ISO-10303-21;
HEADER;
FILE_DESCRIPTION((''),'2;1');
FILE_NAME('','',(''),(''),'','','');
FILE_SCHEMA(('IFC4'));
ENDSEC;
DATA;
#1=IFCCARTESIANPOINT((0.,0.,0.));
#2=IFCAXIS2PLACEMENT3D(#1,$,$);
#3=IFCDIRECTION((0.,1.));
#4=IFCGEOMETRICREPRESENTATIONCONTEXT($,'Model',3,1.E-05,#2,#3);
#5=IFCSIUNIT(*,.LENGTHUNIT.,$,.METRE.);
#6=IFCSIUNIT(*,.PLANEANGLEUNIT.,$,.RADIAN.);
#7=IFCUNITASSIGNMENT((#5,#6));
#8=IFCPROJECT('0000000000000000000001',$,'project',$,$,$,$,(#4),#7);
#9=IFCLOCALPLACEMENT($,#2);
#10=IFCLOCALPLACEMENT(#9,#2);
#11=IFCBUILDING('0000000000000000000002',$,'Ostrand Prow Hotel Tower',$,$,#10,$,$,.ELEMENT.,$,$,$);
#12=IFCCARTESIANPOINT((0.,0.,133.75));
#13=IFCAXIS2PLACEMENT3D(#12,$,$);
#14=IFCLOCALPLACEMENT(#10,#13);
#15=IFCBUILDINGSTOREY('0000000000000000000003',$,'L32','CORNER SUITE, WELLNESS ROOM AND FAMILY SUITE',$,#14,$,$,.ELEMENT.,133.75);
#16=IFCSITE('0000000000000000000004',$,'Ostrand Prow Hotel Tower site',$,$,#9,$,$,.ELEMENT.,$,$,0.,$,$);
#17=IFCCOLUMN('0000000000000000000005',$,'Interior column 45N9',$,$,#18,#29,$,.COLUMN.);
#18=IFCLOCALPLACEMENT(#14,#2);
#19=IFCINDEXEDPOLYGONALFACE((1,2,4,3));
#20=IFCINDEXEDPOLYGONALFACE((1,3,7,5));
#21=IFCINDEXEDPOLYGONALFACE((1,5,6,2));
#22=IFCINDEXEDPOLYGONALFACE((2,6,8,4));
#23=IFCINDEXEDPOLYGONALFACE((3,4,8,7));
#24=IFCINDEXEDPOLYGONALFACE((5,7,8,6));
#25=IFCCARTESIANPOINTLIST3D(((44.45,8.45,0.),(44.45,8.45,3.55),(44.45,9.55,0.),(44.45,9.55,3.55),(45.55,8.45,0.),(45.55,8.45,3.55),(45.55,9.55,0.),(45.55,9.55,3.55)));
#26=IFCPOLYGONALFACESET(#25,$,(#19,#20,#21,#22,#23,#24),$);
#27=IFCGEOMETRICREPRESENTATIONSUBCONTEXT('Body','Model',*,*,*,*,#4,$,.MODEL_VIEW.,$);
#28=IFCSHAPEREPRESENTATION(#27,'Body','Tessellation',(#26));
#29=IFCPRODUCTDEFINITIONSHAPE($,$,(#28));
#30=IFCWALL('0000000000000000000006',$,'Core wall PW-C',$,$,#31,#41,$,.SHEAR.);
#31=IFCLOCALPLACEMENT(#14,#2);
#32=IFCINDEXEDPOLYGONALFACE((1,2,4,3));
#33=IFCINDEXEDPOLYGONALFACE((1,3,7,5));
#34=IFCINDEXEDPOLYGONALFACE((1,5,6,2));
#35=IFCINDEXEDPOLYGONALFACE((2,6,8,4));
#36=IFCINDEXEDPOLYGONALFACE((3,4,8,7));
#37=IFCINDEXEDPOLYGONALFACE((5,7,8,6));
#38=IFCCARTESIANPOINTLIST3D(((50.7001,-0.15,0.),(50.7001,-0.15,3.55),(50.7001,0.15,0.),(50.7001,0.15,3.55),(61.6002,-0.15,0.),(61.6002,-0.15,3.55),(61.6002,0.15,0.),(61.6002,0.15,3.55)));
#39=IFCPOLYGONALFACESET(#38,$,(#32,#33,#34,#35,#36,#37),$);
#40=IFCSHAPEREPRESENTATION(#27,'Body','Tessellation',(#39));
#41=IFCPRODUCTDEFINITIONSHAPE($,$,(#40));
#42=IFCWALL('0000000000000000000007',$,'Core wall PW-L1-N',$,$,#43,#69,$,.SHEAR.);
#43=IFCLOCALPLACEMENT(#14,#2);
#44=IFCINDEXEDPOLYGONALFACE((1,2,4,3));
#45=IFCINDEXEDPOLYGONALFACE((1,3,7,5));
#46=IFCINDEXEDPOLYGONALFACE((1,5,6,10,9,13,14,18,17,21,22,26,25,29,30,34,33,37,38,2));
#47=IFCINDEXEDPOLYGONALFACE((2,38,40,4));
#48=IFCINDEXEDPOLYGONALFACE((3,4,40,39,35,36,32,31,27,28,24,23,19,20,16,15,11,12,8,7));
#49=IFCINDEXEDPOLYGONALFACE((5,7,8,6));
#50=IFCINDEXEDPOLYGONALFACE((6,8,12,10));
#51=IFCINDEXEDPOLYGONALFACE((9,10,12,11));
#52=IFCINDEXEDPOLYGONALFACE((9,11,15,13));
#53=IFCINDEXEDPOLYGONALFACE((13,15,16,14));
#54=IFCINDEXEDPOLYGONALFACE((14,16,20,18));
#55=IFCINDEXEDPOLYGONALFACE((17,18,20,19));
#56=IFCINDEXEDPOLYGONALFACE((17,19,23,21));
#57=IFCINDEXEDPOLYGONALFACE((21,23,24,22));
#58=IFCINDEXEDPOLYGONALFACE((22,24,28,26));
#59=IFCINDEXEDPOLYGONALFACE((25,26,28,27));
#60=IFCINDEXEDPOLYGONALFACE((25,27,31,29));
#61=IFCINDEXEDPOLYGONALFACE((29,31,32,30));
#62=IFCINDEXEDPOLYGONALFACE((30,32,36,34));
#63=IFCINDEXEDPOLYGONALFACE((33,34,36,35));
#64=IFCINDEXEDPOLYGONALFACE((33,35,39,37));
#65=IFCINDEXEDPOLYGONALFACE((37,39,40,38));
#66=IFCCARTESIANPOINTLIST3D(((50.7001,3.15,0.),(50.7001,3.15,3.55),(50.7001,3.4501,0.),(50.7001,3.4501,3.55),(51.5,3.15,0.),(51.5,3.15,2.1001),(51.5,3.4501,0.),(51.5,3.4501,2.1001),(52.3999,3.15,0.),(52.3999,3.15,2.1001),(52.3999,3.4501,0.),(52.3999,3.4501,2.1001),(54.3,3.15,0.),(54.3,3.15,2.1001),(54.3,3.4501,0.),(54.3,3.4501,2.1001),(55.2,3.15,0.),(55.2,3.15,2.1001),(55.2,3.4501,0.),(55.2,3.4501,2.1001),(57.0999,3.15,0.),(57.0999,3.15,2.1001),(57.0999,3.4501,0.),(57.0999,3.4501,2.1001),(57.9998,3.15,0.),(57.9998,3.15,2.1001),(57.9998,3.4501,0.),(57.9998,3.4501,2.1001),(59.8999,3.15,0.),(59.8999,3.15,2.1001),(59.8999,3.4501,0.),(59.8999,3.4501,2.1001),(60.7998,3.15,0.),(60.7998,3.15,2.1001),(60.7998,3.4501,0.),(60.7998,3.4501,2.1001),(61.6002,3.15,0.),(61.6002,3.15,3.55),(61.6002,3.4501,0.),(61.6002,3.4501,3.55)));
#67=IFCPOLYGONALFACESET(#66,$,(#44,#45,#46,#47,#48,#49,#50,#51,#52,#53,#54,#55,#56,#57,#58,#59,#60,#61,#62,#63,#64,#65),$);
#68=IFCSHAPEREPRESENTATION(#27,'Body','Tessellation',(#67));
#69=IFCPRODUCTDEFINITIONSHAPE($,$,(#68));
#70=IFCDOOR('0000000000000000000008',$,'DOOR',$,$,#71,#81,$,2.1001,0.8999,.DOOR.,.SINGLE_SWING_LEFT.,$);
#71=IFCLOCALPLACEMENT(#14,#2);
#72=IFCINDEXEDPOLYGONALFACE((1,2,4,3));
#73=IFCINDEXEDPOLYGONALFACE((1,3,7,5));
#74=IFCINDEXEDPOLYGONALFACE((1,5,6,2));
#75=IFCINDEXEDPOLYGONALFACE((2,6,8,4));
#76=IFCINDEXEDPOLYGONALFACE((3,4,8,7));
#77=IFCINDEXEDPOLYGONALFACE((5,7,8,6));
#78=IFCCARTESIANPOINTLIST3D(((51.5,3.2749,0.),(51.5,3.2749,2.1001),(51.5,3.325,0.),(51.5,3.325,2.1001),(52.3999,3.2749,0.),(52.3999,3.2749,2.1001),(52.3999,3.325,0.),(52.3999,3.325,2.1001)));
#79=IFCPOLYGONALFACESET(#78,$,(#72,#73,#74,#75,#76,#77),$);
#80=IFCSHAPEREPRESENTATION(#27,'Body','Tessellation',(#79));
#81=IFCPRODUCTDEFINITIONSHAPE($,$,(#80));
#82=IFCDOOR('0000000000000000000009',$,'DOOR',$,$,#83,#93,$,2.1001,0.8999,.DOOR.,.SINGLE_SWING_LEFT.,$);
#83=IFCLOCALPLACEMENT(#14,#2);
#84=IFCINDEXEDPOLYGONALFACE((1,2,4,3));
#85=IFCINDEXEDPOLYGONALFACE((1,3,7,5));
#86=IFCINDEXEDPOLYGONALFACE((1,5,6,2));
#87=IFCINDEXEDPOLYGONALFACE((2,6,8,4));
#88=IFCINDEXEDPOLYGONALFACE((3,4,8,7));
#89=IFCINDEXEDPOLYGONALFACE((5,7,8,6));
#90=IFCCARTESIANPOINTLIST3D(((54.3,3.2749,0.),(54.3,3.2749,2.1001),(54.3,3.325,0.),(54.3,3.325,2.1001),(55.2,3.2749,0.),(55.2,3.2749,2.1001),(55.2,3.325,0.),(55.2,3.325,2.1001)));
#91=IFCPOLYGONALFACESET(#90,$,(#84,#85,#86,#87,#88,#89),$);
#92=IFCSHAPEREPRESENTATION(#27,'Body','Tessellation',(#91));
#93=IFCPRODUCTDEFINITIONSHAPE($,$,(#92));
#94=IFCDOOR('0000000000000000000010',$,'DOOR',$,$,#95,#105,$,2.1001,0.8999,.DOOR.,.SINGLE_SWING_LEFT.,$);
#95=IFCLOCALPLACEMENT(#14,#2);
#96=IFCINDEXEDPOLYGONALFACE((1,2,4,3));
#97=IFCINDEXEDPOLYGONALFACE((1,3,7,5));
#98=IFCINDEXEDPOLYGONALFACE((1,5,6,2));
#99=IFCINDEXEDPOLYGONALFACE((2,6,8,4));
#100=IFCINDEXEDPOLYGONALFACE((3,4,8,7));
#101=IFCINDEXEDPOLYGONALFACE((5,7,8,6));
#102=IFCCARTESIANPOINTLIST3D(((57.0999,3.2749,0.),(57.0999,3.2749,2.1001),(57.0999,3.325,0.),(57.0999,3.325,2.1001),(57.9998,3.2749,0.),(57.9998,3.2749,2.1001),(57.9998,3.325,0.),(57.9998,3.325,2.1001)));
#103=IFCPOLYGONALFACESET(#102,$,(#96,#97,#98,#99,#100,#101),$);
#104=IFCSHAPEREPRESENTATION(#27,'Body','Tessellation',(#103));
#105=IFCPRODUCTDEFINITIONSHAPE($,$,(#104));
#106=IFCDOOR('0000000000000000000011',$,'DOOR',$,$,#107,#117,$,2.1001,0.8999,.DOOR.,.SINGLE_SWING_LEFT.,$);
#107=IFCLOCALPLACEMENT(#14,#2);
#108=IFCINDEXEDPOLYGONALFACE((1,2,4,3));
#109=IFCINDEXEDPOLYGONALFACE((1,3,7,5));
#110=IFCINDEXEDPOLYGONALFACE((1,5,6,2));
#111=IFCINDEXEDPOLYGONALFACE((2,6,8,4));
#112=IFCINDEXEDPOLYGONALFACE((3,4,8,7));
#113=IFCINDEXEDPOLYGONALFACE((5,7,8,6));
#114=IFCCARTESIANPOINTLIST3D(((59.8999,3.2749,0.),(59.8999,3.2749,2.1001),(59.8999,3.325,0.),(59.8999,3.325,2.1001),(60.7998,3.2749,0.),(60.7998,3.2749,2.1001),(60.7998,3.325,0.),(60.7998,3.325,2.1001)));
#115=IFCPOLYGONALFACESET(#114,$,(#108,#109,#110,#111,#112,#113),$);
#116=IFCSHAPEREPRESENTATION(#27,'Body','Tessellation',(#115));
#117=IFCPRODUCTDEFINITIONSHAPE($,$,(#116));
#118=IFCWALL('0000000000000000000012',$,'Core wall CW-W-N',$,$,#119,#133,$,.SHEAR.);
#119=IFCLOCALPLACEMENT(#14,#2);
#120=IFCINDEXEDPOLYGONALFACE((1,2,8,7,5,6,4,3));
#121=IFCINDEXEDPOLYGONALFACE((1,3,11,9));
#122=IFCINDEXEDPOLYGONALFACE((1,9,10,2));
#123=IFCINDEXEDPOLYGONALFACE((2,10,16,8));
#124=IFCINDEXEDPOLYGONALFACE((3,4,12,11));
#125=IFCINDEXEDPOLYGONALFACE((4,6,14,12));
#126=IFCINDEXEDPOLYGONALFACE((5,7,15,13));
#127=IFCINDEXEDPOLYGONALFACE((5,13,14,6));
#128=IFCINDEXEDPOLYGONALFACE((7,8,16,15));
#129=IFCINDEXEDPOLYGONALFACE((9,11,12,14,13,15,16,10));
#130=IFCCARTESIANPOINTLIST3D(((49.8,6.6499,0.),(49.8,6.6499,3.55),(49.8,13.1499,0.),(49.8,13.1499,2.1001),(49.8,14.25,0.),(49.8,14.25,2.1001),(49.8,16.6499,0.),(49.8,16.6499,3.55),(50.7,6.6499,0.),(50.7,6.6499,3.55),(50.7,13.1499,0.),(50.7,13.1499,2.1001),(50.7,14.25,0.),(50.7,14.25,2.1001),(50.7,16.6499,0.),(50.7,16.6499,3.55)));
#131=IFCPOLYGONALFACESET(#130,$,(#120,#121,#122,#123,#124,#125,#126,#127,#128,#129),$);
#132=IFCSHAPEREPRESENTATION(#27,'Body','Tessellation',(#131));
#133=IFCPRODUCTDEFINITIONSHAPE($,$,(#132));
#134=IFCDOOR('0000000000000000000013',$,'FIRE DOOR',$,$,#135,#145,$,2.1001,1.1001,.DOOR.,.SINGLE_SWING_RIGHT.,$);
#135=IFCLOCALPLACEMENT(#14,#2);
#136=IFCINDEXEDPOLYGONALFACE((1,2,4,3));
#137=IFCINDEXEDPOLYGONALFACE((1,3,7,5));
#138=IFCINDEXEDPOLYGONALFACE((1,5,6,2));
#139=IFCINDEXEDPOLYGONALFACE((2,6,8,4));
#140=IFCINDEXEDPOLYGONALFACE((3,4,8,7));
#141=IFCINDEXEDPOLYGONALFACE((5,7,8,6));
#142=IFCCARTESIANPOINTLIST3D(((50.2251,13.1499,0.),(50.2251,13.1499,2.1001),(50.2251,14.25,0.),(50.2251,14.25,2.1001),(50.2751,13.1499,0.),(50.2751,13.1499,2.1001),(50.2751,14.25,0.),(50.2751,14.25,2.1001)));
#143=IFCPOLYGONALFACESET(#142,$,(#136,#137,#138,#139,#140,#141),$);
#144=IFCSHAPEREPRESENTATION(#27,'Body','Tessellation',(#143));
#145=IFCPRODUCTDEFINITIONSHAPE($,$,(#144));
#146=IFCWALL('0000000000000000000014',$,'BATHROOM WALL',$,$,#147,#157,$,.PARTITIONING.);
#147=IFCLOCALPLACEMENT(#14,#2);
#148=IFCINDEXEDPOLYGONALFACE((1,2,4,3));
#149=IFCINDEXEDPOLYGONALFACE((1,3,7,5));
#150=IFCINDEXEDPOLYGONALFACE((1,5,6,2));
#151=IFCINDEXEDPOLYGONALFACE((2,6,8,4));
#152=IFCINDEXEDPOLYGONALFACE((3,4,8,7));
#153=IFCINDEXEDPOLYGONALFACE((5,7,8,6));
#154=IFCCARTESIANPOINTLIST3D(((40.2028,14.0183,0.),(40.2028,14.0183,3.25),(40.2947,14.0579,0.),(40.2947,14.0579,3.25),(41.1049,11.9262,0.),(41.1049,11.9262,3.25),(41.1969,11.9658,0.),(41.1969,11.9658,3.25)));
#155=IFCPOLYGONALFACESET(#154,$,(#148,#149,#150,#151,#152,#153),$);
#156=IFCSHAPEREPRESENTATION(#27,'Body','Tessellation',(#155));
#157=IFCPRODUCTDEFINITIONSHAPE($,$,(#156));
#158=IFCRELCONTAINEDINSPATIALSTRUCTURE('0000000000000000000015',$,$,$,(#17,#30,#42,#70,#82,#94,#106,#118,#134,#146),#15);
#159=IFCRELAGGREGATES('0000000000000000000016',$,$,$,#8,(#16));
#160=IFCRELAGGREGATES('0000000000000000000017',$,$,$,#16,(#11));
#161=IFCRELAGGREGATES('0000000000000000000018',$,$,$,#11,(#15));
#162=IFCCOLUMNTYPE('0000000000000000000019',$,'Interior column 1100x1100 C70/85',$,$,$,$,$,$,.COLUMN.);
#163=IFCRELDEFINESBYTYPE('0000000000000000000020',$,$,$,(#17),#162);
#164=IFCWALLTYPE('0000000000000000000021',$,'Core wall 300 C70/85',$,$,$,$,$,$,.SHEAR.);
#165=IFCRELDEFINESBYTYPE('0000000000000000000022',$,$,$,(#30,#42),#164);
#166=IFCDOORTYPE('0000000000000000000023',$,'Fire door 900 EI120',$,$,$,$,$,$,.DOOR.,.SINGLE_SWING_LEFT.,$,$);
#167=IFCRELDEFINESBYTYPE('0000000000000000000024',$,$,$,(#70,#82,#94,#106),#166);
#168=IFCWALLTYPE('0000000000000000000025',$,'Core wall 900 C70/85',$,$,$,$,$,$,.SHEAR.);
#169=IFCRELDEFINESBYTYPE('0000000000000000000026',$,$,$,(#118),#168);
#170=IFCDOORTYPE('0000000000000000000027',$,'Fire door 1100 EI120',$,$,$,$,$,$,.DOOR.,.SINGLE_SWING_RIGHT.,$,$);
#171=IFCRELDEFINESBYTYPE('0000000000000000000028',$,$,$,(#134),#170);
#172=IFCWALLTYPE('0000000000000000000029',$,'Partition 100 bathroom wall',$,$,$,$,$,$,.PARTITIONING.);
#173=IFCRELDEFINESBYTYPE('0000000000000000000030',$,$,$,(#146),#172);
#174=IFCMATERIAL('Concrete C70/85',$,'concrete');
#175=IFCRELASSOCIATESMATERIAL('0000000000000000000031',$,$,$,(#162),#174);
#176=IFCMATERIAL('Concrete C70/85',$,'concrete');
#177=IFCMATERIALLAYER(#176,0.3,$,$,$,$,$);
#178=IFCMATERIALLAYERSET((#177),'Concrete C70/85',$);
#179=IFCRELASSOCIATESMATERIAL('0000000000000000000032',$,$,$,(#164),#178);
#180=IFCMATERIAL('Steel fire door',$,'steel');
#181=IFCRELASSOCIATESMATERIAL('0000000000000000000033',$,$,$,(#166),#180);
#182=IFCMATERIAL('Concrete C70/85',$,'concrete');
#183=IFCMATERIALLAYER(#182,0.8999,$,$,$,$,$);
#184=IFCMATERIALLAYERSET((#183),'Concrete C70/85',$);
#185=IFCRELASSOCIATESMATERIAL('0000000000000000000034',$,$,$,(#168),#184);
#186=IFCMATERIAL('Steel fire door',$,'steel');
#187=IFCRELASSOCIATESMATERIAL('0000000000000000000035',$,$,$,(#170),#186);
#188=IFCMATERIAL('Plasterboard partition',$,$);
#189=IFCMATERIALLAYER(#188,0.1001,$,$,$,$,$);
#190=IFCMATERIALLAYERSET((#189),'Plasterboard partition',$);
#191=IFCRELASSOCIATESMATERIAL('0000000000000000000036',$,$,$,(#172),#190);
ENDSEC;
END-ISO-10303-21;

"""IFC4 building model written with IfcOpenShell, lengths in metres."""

from ifc_helpers import new_model, si_unit, direction, frame, frame_2d, origin, origin_2d, place, context, subcontext, project, spatial, rectangle, extrude, material, layer, layer_set, material_profile, profile_set, type_object, element, fill, save


model = new_model("IFC4")

# Units and contexts
model_context = context("Model", 3, precision=1e-05, world=origin(), true_north=direction((0.0, 1.0)))
body_context = subcontext(model_context, "Body", "Model", "MODEL_VIEW")
ifc_project = project(units=[si_unit("LENGTHUNIT", "METRE"), si_unit("PLANEANGLEUNIT", "RADIAN")], contexts=[model_context])

# Site, building, storey
site_placement = place(None, origin())
site = spatial("IfcSite", under=ifc_project, at=site_placement, Name="Ostrand Prow Hotel Tower site", CompositionType="ELEMENT", RefElevation=0.0)
building_placement = place(site_placement, origin())
building = spatial("IfcBuilding", under=site, at=building_placement, Name="Ostrand Prow Hotel Tower", CompositionType="ELEMENT")
storey_placement = place(building_placement, frame((0.0, 0.0, 133.75)))
storey = spatial("IfcBuildingStorey", under=building, at=storey_placement, Name="L32", Description="CORNER SUITE, WELLNESS ROOM AND FAMILY SUITE", CompositionType="ELEMENT", Elevation=133.75)

# Column
ifc_material_1 = material(Name="Concrete C70/85", Category="concrete")
ifc_material_profile = material_profile(ifc_material_1, rectangle(XDim=1.1001, YDim=1.1001, at=origin_2d()), Name="RC 1100x1100")
ifc_profile_set = profile_set([ifc_material_profile], Name="Concrete C70/85")
column_type = type_object("IfcColumnType", Name="Interior column 1100x1100 C70/85", PredefinedType="COLUMN", material=ifc_profile_set)
column_placement = place(storey_placement, frame((45.0, 9.0, 0.0), z_axis=(0.0, 0.0, 1.0), x_axis=(1.0, 0.0, 0.0)))
element("IfcColumn", 1, at=column_placement, inside=storey, type_object=column_type, Name="Interior column 45N9", PredefinedType="COLUMN", context=body_context, shape_type="SweptSolid", body=[
    extrude(rectangle(XDim=1.1001, YDim=1.1001, at=origin_2d()), origin(), (0.0, 0.0, 1.0), 3.55),
])

# Wall
ifc_material_2 = material(Name="Concrete C70/85", Category="concrete")
ifc_layer_1 = layer(ifc_material_2, 0.3)
ifc_layer_set_1 = layer_set([ifc_layer_1], Name="Concrete C70/85")
wall_type_1 = type_object("IfcWallType", Name="Core wall 300 C70/85", PredefinedType="SHEAR", material=ifc_layer_set_1)
wall_1_placement = place(storey_placement, frame((50.7, 0.0, 0.0), z_axis=(0.0, 0.0, 1.0), x_axis=(1.0, 0.0, 0.0)))
element("IfcWall", 2, at=wall_1_placement, inside=storey, type_object=wall_type_1, Name="Core wall PW-C", PredefinedType="SHEAR", context=body_context, shape_type="SweptSolid", body=[
    extrude(rectangle(XDim=10.9001, YDim=0.3, at=frame_2d((5.4502, 0.0))), origin(), (0.0, 0.0, 1.0), 3.55),
])

# Wall, openings, doors
wall_2_placement = place(storey_placement, frame((50.7, 3.3, 0.0), z_axis=(0.0, 0.0, 1.0), x_axis=(1.0, 0.0, 0.0)))
wall_2 = element("IfcWall", 3, at=wall_2_placement, inside=storey, type_object=wall_type_1, Name="Core wall PW-L1-N", PredefinedType="SHEAR", context=body_context, shape_type="SweptSolid", body=[
    extrude(rectangle(XDim=10.9001, YDim=0.3, at=frame_2d((5.4502, 0.0))), origin(), (0.0, 0.0, 1.0), 3.55),
])
opening_1_placement = place(wall_2_placement, frame((0.8, 0.0, 0.0)))
opening_1 = element("IfcOpeningElement", 4, at=opening_1_placement, cuts=wall_2, PredefinedType="OPENING", context=body_context, shape_type="SweptSolid", body=[
    extrude(rectangle(XDim=0.8999, YDim=2.1001, at=frame_2d((0.45, 1.05))), frame((0.0, 0.1599, 0.0), z_axis=(0.0, -1.0, 0.0), x_axis=(1.0, 0.0, 0.0)), (0.0, 0.0, 1.0), 0.3201),
])
opening_2_placement = place(wall_2_placement, frame((3.6001, 0.0, 0.0)))
opening_2 = element("IfcOpeningElement", 5, at=opening_2_placement, cuts=wall_2, PredefinedType="OPENING", context=body_context, shape_type="SweptSolid", body=[
    extrude(rectangle(XDim=0.8999, YDim=2.1001, at=frame_2d((0.45, 1.05))), frame((0.0, 0.1599, 0.0), z_axis=(0.0, -1.0, 0.0), x_axis=(1.0, 0.0, 0.0)), (0.0, 0.0, 1.0), 0.3201),
])
opening_3_placement = place(wall_2_placement, frame((6.3999, 0.0, 0.0)))
opening_3 = element("IfcOpeningElement", 6, at=opening_3_placement, cuts=wall_2, PredefinedType="OPENING", context=body_context, shape_type="SweptSolid", body=[
    extrude(rectangle(XDim=0.8999, YDim=2.1001, at=frame_2d((0.45, 1.05))), frame((0.0, 0.1599, 0.0), z_axis=(0.0, -1.0, 0.0), x_axis=(1.0, 0.0, 0.0)), (0.0, 0.0, 1.0), 0.3201),
])
opening_4_placement = place(wall_2_placement, frame((9.2, 0.0, 0.0)))
opening_4 = element("IfcOpeningElement", 7, at=opening_4_placement, cuts=wall_2, PredefinedType="OPENING", context=body_context, shape_type="SweptSolid", body=[
    extrude(rectangle(XDim=0.8999, YDim=2.1001, at=frame_2d((0.45, 1.05))), frame((0.0, 0.1599, 0.0), z_axis=(0.0, -1.0, 0.0), x_axis=(1.0, 0.0, 0.0)), (0.0, 0.0, 1.0), 0.3201),
])
ifc_material_3 = material(Name="Steel fire door", Category="steel")
door_type_1 = type_object("IfcDoorType", Name="Fire door 900 EI120", OperationType="SINGLE_SWING_LEFT", PredefinedType="DOOR", material=ifc_material_3)
door_1_placement = place(opening_1_placement, origin())
door_1 = element("IfcDoor", 8, at=door_1_placement, inside=storey, type_object=door_type_1, Name="DOOR", OperationType="SINGLE_SWING_LEFT", OverallHeight=2.1001, OverallWidth=0.8999, PredefinedType="DOOR", context=body_context, shape_type="SweptSolid", body=[
    extrude(rectangle(XDim=0.8999, YDim=2.1001, at=frame_2d((0.45, 1.05))), frame((0.0, 0.0249, 0.0), z_axis=(0.0, -1.0, 0.0), x_axis=(1.0, 0.0, 0.0)), (0.0, 0.0, 1.0), 0.05),
])
fill(opening_1, door_1)
door_2_placement = place(opening_2_placement, origin())
door_2 = element("IfcDoor", 9, at=door_2_placement, inside=storey, type_object=door_type_1, Name="DOOR", OperationType="SINGLE_SWING_LEFT", OverallHeight=2.1001, OverallWidth=0.8999, PredefinedType="DOOR", context=body_context, shape_type="SweptSolid", body=[
    extrude(rectangle(XDim=0.8999, YDim=2.1001, at=frame_2d((0.45, 1.05))), frame((0.0, 0.0249, 0.0), z_axis=(0.0, -1.0, 0.0), x_axis=(1.0, 0.0, 0.0)), (0.0, 0.0, 1.0), 0.05),
])
fill(opening_2, door_2)
door_3_placement = place(opening_3_placement, origin())
door_3 = element("IfcDoor", 10, at=door_3_placement, inside=storey, type_object=door_type_1, Name="DOOR", OperationType="SINGLE_SWING_LEFT", OverallHeight=2.1001, OverallWidth=0.8999, PredefinedType="DOOR", context=body_context, shape_type="SweptSolid", body=[
    extrude(rectangle(XDim=0.8999, YDim=2.1001, at=frame_2d((0.45, 1.05))), frame((0.0, 0.0249, 0.0), z_axis=(0.0, -1.0, 0.0), x_axis=(1.0, 0.0, 0.0)), (0.0, 0.0, 1.0), 0.05),
])
fill(opening_3, door_3)
door_4_placement = place(opening_4_placement, origin())
door_4 = element("IfcDoor", 11, at=door_4_placement, inside=storey, type_object=door_type_1, Name="DOOR", OperationType="SINGLE_SWING_LEFT", OverallHeight=2.1001, OverallWidth=0.8999, PredefinedType="DOOR", context=body_context, shape_type="SweptSolid", body=[
    extrude(rectangle(XDim=0.8999, YDim=2.1001, at=frame_2d((0.45, 1.05))), frame((0.0, 0.0249, 0.0), z_axis=(0.0, -1.0, 0.0), x_axis=(1.0, 0.0, 0.0)), (0.0, 0.0, 1.0), 0.05),
])
fill(opening_4, door_4)

# Wall, opening, door
ifc_material_4 = material(Name="Concrete C70/85", Category="concrete")
ifc_layer_2 = layer(ifc_material_4, 0.8999)
ifc_layer_set_2 = layer_set([ifc_layer_2], Name="Concrete C70/85")
wall_type_2 = type_object("IfcWallType", Name="Core wall 900 C70/85", PredefinedType="SHEAR", material=ifc_layer_set_2)
wall_3_placement = place(storey_placement, frame((50.25, 6.6499, 0.0), z_axis=(0.0, 0.0, 1.0), x_axis=(0.0, 1.0, 0.0)))
wall_3 = element("IfcWall", 12, at=wall_3_placement, inside=storey, type_object=wall_type_2, Name="Core wall CW-W-N", PredefinedType="SHEAR", context=body_context, shape_type="SweptSolid", body=[
    extrude(rectangle(XDim=10.0, YDim=0.8999, at=frame_2d((5.0, 0.0))), origin(), (0.0, 0.0, 1.0), 3.55),
])
opening_5_placement = place(wall_3_placement, frame((6.5, 0.0, 0.0)))
opening_5 = element("IfcOpeningElement", 13, at=opening_5_placement, cuts=wall_3, PredefinedType="OPENING", context=body_context, shape_type="SweptSolid", body=[
    extrude(rectangle(XDim=1.1001, YDim=2.1001, at=frame_2d((0.55, 1.05))), frame((0.0, 0.46, 0.0), z_axis=(0.0, -1.0, 0.0), x_axis=(1.0, 0.0, 0.0)), (0.0, 0.0, 1.0), 0.9199),
])
ifc_material_5 = material(Name="Steel fire door", Category="steel")
door_type_2 = type_object("IfcDoorType", Name="Fire door 1100 EI120", OperationType="SINGLE_SWING_RIGHT", PredefinedType="DOOR", material=ifc_material_5)
door_5_placement = place(opening_5_placement, origin())
door_5 = element("IfcDoor", 14, at=door_5_placement, inside=storey, type_object=door_type_2, Name="FIRE DOOR", OperationType="SINGLE_SWING_RIGHT", OverallHeight=2.1001, OverallWidth=1.1001, PredefinedType="DOOR", context=body_context, shape_type="SweptSolid", body=[
    extrude(rectangle(XDim=1.1001, YDim=2.1001, at=frame_2d((0.55, 1.05))), frame((0.0, 0.0249, 0.0), z_axis=(0.0, -1.0, 0.0), x_axis=(1.0, 0.0, 0.0)), (0.0, 0.0, 1.0), 0.05),
])
fill(opening_5, door_5)

# Wall
ifc_material_6 = material(Name="Plasterboard partition")
ifc_layer_3 = layer(ifc_material_6, 0.1001)
ifc_layer_set_3 = layer_set([ifc_layer_3], Name="Plasterboard partition")
wall_type_3 = type_object("IfcWallType", Name="Partition 100 bathroom wall", PredefinedType="PARTITIONING", material=ifc_layer_set_3)
wall_4_placement = place(storey_placement, frame((40.2488, 14.0381, 0.0), z_axis=(0.0, 0.0, 1.0), x_axis=(0.395962, -0.918267, 0.0)))
element("IfcWall", 15, at=wall_4_placement, inside=storey, type_object=wall_type_3, Name="BATHROOM WALL", PredefinedType="PARTITIONING", context=body_context, shape_type="SweptSolid", body=[
    extrude(rectangle(XDim=2.2783, YDim=0.1001, at=frame_2d((1.1392, 0.0))), origin(), (0.0, 0.0, 1.0), 3.25),
])

save(model, "model.ifc")
